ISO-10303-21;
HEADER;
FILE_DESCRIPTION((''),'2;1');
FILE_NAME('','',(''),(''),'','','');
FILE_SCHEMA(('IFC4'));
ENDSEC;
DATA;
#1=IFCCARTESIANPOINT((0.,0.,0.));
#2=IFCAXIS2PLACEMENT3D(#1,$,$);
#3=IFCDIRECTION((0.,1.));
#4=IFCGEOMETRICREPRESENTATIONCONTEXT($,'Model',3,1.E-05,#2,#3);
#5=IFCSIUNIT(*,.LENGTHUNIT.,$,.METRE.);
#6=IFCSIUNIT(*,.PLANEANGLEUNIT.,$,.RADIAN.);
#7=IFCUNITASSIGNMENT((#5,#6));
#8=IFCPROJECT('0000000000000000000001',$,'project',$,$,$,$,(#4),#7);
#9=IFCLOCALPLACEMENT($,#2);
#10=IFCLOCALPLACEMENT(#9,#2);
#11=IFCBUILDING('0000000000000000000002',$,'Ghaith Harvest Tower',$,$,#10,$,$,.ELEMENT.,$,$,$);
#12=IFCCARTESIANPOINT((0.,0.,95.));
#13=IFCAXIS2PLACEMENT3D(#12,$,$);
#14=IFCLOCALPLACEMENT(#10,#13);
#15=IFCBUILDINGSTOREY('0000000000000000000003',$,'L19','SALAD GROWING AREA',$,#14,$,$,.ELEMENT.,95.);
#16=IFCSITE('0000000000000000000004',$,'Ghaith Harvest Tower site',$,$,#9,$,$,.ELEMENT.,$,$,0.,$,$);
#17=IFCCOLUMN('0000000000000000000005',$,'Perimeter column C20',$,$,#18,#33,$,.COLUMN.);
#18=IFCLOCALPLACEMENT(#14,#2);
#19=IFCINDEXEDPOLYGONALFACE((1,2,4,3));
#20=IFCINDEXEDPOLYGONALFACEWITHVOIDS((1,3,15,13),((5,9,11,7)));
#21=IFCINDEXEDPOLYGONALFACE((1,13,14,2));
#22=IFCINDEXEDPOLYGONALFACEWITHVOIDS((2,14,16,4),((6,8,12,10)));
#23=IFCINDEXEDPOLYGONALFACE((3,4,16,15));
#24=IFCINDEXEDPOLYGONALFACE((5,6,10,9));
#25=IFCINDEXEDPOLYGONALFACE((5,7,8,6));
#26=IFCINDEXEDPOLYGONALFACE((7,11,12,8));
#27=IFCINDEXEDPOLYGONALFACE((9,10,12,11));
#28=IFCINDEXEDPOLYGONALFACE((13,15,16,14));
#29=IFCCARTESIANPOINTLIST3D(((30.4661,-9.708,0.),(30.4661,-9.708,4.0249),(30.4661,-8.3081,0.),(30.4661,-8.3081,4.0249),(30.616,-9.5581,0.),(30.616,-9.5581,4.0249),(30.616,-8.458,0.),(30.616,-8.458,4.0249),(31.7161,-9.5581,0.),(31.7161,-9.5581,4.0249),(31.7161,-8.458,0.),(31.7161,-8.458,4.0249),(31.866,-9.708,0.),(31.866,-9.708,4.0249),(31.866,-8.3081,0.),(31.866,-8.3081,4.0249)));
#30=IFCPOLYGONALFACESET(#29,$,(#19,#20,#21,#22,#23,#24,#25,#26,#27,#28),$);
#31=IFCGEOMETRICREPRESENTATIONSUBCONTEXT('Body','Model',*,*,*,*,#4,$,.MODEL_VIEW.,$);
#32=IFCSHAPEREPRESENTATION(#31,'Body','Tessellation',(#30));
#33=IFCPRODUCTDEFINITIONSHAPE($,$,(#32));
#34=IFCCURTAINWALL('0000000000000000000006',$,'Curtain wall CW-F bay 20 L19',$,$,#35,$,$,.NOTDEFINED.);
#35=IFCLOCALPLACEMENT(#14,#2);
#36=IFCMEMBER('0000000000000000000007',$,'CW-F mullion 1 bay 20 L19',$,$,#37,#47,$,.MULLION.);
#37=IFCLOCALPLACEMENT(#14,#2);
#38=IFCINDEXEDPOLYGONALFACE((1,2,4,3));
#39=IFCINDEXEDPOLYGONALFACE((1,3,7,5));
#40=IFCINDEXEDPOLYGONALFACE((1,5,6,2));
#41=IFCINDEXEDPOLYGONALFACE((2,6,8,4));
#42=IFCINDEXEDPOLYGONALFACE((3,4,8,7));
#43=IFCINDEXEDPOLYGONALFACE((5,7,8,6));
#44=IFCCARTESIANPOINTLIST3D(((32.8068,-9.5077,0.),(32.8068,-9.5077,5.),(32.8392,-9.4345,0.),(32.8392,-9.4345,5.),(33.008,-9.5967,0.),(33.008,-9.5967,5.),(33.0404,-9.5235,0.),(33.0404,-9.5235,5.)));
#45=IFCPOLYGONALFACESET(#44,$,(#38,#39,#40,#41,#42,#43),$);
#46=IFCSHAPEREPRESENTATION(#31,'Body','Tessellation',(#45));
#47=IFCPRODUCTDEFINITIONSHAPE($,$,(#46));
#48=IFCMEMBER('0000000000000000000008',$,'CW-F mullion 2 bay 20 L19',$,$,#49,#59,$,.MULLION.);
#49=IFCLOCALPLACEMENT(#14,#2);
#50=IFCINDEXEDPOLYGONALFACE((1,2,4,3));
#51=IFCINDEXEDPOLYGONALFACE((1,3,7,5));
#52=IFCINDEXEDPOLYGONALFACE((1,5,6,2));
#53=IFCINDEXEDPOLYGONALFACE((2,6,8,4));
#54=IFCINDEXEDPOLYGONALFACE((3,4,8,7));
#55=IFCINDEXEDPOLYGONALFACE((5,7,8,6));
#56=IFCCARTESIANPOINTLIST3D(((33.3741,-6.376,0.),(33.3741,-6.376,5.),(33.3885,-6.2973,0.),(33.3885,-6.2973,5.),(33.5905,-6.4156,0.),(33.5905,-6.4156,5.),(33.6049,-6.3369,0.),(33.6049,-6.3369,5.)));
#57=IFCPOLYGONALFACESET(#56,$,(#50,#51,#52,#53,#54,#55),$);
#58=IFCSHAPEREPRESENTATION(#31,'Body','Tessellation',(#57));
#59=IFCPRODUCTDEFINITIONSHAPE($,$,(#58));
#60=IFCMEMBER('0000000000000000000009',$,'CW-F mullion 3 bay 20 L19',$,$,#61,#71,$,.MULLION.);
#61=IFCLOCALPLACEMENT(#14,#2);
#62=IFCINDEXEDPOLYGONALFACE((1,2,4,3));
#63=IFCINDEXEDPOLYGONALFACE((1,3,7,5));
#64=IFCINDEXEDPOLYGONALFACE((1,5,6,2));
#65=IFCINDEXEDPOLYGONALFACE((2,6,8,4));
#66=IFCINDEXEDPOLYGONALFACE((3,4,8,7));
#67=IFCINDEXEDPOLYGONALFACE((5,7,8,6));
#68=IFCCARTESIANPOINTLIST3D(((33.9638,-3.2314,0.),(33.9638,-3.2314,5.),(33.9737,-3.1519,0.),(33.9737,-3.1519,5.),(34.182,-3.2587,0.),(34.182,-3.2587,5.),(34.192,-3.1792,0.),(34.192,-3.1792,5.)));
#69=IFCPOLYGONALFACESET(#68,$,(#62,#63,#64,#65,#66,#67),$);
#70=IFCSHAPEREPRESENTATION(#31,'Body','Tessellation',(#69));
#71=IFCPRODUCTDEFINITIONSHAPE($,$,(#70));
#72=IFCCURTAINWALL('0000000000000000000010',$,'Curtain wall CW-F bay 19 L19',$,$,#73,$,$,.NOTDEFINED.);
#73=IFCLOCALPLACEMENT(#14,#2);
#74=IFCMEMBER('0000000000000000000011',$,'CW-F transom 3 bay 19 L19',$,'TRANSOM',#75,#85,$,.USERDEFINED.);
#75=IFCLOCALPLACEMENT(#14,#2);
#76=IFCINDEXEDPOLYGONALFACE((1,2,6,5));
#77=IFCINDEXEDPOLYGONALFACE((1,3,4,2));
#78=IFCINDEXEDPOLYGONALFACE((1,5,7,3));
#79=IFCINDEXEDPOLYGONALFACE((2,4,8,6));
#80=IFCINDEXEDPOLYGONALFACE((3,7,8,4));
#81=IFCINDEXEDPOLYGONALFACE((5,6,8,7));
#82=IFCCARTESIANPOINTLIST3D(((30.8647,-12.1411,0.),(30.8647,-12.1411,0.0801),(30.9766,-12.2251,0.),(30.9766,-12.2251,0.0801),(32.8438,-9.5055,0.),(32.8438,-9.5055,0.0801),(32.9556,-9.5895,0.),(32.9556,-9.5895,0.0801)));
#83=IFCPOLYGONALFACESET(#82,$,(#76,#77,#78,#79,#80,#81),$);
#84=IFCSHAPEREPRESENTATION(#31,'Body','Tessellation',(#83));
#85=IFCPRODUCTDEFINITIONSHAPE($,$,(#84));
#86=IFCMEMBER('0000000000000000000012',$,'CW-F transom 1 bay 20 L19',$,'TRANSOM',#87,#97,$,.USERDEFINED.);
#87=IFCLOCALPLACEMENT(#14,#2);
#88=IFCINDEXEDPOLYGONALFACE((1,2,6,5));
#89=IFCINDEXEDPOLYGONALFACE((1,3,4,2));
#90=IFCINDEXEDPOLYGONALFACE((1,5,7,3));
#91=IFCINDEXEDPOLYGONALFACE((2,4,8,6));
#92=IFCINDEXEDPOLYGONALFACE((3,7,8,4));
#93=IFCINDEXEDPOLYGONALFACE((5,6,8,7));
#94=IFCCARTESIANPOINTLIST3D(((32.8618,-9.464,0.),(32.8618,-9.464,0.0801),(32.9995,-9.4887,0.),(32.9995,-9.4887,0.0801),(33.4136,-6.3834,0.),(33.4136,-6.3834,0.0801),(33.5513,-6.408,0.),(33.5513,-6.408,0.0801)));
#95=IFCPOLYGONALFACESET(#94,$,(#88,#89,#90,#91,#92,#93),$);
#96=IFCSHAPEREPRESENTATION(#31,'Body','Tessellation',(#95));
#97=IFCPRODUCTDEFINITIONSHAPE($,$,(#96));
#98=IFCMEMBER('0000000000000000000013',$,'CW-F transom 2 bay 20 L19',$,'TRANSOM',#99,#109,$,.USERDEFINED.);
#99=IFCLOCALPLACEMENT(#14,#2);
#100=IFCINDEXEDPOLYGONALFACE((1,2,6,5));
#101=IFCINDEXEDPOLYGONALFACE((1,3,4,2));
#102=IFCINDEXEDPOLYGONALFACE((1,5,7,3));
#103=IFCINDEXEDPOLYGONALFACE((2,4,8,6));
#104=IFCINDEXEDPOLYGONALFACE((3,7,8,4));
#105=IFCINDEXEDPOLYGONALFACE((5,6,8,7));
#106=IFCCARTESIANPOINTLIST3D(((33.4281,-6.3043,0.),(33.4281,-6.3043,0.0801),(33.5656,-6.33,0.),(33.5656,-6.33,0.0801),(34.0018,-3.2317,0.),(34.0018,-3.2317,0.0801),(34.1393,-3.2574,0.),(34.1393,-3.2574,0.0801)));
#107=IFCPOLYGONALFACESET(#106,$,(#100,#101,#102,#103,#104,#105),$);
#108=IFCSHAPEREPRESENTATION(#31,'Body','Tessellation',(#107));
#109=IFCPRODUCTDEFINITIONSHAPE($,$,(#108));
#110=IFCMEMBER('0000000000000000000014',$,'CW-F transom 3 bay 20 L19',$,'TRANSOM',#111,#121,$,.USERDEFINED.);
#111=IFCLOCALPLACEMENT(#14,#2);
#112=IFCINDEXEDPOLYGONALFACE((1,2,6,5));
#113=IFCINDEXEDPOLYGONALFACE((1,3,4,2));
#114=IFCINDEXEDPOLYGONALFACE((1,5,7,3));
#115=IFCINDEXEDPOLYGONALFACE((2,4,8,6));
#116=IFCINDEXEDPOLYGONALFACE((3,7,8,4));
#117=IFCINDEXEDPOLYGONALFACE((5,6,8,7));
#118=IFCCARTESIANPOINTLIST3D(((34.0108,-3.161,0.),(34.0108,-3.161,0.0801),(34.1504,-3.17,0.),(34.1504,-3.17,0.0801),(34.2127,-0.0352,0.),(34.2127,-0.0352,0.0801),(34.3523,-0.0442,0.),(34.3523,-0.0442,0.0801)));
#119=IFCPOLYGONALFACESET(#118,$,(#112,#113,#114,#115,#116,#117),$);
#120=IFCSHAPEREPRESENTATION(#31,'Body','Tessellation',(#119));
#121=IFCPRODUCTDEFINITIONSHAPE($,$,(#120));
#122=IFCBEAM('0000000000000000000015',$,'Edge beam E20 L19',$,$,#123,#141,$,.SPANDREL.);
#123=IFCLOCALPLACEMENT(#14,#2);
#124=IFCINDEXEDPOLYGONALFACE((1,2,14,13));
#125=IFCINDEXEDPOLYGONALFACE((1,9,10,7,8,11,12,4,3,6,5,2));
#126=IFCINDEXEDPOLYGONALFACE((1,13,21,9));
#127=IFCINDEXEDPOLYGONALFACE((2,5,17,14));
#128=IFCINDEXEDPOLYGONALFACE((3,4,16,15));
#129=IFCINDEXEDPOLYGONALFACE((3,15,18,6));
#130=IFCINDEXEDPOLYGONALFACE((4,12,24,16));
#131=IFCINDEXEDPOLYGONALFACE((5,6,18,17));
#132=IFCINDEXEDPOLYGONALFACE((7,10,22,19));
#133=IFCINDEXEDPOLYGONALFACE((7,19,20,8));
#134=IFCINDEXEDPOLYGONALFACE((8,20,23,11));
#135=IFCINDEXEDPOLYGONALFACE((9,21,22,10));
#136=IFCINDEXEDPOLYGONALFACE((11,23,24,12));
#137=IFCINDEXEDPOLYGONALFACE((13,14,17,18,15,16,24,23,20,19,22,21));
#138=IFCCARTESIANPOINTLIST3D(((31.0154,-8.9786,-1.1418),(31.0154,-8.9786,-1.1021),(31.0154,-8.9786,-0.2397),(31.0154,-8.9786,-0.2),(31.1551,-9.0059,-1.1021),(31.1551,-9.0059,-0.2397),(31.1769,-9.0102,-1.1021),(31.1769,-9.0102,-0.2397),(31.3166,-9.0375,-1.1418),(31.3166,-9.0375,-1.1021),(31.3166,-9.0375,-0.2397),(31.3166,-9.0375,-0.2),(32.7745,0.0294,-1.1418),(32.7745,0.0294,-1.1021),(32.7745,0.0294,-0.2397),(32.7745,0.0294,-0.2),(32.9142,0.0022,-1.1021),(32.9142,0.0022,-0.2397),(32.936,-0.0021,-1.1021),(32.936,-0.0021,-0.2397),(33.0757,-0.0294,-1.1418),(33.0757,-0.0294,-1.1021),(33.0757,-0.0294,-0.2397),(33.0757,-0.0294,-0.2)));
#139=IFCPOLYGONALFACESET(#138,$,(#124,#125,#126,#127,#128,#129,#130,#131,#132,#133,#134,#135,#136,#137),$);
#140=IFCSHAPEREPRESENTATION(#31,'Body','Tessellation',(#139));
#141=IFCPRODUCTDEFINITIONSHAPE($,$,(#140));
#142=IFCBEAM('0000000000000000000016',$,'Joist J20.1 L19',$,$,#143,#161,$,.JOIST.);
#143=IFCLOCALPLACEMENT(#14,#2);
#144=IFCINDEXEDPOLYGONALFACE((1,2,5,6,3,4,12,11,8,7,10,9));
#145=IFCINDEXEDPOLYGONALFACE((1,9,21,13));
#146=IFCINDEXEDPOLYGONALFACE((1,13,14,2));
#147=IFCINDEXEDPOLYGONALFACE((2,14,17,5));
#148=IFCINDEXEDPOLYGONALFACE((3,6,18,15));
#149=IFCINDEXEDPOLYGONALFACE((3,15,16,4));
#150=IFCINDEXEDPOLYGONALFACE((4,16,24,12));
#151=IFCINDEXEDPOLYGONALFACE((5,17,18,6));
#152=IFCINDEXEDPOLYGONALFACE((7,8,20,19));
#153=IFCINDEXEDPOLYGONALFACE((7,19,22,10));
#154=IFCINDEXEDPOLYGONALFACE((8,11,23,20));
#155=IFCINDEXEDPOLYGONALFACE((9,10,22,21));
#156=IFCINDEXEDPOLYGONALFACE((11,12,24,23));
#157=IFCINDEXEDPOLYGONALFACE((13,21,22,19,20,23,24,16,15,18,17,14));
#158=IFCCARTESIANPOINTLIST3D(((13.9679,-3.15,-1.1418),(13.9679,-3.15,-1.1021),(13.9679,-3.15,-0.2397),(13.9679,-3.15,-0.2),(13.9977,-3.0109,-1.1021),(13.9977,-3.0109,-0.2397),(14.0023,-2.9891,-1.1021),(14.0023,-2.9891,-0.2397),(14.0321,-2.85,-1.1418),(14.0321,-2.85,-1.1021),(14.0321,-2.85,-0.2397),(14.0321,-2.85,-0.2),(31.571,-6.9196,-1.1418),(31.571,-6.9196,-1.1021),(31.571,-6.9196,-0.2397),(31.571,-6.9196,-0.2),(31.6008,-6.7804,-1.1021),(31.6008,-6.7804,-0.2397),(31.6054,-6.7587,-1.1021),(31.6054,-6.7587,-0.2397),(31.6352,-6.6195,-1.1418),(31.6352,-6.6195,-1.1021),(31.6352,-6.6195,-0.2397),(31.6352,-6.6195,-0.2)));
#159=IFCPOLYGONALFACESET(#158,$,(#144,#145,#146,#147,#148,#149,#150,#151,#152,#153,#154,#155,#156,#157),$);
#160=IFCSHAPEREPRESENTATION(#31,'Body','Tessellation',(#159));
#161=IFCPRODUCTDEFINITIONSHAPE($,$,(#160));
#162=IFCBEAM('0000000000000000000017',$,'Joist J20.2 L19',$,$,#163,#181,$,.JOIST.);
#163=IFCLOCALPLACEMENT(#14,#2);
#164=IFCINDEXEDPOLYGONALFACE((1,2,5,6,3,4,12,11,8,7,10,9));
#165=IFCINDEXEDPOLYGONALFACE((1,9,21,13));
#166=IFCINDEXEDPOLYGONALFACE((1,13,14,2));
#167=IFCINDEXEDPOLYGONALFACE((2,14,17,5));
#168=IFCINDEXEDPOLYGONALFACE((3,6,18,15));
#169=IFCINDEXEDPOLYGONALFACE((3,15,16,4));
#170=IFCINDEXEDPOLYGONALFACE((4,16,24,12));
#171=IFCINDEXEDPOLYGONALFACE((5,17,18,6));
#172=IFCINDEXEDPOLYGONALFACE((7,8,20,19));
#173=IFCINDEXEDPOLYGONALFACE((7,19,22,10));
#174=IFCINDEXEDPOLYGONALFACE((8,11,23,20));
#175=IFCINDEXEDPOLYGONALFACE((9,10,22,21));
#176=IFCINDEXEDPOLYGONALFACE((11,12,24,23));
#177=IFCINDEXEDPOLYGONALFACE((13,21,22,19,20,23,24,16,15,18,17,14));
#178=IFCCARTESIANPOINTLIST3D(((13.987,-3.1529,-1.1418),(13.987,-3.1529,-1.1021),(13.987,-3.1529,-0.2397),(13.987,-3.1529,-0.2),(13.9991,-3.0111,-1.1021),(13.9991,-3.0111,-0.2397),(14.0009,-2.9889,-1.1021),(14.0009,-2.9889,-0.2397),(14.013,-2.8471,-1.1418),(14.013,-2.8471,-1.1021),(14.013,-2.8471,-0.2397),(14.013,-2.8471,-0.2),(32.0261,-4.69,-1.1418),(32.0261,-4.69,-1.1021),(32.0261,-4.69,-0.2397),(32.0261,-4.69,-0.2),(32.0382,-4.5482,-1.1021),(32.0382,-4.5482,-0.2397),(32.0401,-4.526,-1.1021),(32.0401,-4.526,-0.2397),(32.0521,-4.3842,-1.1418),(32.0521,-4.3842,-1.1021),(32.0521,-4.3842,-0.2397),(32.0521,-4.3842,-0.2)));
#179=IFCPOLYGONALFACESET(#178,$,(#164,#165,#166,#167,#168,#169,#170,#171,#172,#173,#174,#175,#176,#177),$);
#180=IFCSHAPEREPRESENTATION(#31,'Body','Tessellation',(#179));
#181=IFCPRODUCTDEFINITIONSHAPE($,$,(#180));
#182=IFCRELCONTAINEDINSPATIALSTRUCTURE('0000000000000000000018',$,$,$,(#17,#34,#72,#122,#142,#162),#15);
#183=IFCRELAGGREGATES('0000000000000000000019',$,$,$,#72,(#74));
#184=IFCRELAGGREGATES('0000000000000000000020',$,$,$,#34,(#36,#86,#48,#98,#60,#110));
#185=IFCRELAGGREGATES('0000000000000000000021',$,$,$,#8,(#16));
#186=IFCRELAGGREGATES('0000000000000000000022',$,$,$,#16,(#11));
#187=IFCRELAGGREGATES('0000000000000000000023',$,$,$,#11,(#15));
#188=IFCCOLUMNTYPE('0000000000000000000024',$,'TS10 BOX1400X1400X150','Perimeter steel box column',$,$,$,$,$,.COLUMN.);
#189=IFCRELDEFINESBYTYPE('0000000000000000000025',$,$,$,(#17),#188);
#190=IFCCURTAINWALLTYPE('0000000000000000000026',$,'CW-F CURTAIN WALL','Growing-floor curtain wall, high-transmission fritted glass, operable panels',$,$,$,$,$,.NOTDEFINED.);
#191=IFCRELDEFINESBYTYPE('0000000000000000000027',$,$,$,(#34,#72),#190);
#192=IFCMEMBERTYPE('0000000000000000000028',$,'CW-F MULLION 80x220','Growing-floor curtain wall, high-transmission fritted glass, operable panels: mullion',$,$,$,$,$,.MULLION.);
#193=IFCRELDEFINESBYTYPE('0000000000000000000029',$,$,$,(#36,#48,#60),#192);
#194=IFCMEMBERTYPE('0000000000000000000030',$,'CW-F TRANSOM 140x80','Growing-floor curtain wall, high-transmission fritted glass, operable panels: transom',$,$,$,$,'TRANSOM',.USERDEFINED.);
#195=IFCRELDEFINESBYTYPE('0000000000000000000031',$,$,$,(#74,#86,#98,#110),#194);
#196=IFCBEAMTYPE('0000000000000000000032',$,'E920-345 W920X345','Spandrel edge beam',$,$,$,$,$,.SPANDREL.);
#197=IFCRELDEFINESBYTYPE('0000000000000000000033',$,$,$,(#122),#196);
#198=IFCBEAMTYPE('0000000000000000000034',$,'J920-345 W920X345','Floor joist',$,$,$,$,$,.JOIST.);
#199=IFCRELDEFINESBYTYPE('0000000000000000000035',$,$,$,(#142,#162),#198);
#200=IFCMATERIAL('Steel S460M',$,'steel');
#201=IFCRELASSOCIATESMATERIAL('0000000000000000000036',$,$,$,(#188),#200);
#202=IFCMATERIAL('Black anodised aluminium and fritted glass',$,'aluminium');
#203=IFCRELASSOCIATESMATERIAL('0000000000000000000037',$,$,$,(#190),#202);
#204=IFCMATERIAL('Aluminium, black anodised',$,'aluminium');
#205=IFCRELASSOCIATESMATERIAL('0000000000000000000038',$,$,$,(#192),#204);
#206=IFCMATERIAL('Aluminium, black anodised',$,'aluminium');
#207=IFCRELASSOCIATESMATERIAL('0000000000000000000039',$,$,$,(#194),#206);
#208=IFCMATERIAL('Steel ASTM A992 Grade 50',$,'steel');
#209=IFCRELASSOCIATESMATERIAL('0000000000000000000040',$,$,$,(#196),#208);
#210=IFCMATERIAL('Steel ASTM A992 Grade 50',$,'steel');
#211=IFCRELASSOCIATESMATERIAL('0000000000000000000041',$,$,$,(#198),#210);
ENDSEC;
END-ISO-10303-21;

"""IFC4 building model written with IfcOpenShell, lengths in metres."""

from ifc_helpers import new_model, si_unit, direction, frame, origin, origin_2d, place, context, subcontext, project, spatial, rectangle, hollow_rectangle, i_section, extrude, material, material_profile, profile_set, type_object, element, aggregate, save


model = new_model("IFC4")

# Units and contexts
model_context = context("Model", 3, precision=1e-05, world=origin(), true_north=direction((0.0, 1.0)))
body_context = subcontext(model_context, "Body", "Model", "MODEL_VIEW")
ifc_project = project(units=[si_unit("LENGTHUNIT", "METRE"), si_unit("PLANEANGLEUNIT", "RADIAN")], contexts=[model_context])

# Site, building, storey
site_placement = place(None, origin())
site = spatial("IfcSite", under=ifc_project, at=site_placement, Name="Ghaith Harvest Tower site", CompositionType="ELEMENT", RefElevation=0.0)
building_placement = place(site_placement, origin())
building = spatial("IfcBuilding", under=site, at=building_placement, Name="Ghaith Harvest Tower", CompositionType="ELEMENT")
storey_placement = place(building_placement, frame((0.0, 0.0, 95.0)))
storey = spatial("IfcBuildingStorey", under=building, at=storey_placement, Name="L19", Description="SALAD GROWING AREA", CompositionType="ELEMENT", Elevation=95.0)

# Column
ifc_material_1 = material(Name="Steel S460M", Category="steel")
ifc_material_profile_1 = material_profile(ifc_material_1, hollow_rectangle(XDim=1.3999, YDim=1.3999, WallThickness=0.1499, at=origin_2d()), Name="BOX1400X1400X150")
ifc_profile_set_1 = profile_set([ifc_material_profile_1], Name="Steel S460M")
column_type = type_object("IfcColumnType", Name="TS10 BOX1400X1400X150", Description="Perimeter steel box column", PredefinedType="COLUMN", material=ifc_profile_set_1)
column_placement = place(storey_placement, frame((31.166, -9.0081, 0.0), z_axis=(0.0, 0.0, 1.0), x_axis=(1.0, 0.0, 0.0)))
element("IfcColumn", 1, at=column_placement, inside=storey, type_object=column_type, Name="Perimeter column C20", PredefinedType="COLUMN", context=body_context, shape_type="SweptSolid", body=[
    extrude(hollow_rectangle(XDim=1.3999, YDim=1.3999, WallThickness=0.1499, at=origin_2d()), origin(), (0.0, 0.0, 1.0), 4.0249),
])

# Curtain wall, members
ifc_material_2 = material(Name="Black anodised aluminium and fritted glass", Category="aluminium")
curtain_wall_type = type_object("IfcCurtainWallType", Name="CW-F CURTAIN WALL", Description="Growing-floor curtain wall, high-transmission fritted glass, operable panels", PredefinedType="NOTDEFINED", material=ifc_material_2)
curtain_wall_1_placement = place(storey_placement, origin())
curtain_wall_1 = element("IfcCurtainWall", 2, at=curtain_wall_1_placement, inside=storey, type_object=curtain_wall_type, Name="Curtain wall CW-F bay 20 L19", PredefinedType="NOTDEFINED")
ifc_material_3 = material(Name="Aluminium, black anodised", Category="aluminium")
ifc_material_profile_2 = material_profile(ifc_material_3, rectangle(XDim=0.0801, YDim=0.22, at=origin_2d()), Name="CW-F MULLION 80x220")
ifc_profile_set_2 = profile_set([ifc_material_profile_2], Name="Aluminium, black anodised")
member_type_1 = type_object("IfcMemberType", Name="CW-F MULLION 80x220", Description="Growing-floor curtain wall, high-transmission fritted glass, operable panels: mullion", PredefinedType="MULLION", material=ifc_profile_set_2)
member_1_placement = place(storey_placement, frame((32.9236, -9.5156, 0.0), z_axis=(0.0, 0.0, 1.0), x_axis=(0.404702, 0.914449, 0.0)))
member_1 = element("IfcMember", 3, at=member_1_placement, type_object=member_type_1, Name="CW-F mullion 1 bay 20 L19", PredefinedType="MULLION", context=body_context, shape_type="SweptSolid", body=[
    extrude(rectangle(XDim=0.0801, YDim=0.22, at=origin_2d()), origin(), (0.0, 0.0, 1.0), 5.0),
])
member_2_placement = place(storey_placement, frame((33.4895, -6.3564, 0.0), z_axis=(0.0, 0.0, 1.0), x_axis=(0.179943, 0.983677, 0.0)))
member_2 = element("IfcMember", 4, at=member_2_placement, type_object=member_type_1, Name="CW-F mullion 2 bay 20 L19", PredefinedType="MULLION", context=body_context, shape_type="SweptSolid", body=[
    extrude(rectangle(XDim=0.0801, YDim=0.22, at=origin_2d()), origin(), (0.0, 0.0, 1.0), 5.0),
])
member_3_placement = place(storey_placement, frame((34.0779, -3.2053, 0.0), z_axis=(0.0, 0.0, 1.0), x_axis=(0.12417, 0.992261, 0.0)))
member_3 = element("IfcMember", 5, at=member_3_placement, type_object=member_type_1, Name="CW-F mullion 3 bay 20 L19", PredefinedType="MULLION", context=body_context, shape_type="SweptSolid", body=[
    extrude(rectangle(XDim=0.0801, YDim=0.22, at=origin_2d()), origin(), (0.0, 0.0, 1.0), 5.0),
])

# Curtain wall, member
curtain_wall_2_placement = place(storey_placement, origin())
curtain_wall_2 = element("IfcCurtainWall", 6, at=curtain_wall_2_placement, inside=storey, type_object=curtain_wall_type, Name="Curtain wall CW-F bay 19 L19", PredefinedType="NOTDEFINED")
ifc_material_4 = material(Name="Aluminium, black anodised", Category="aluminium")
ifc_material_profile_3 = material_profile(ifc_material_4, rectangle(XDim=0.1399, YDim=0.0801, at=origin_2d()), Name="CW-F TRANSOM 140x80")
ifc_profile_set_3 = profile_set([ifc_material_profile_3], Name="Aluminium, black anodised")
member_type_2 = type_object("IfcMemberType", Name="CW-F TRANSOM 140x80", Description="Growing-floor curtain wall, high-transmission fritted glass, operable panels: transom", ElementType="TRANSOM", PredefinedType="USERDEFINED", material=ifc_profile_set_3)
member_4_placement = place(storey_placement, frame((30.9207, -12.1831, 0.04), z_axis=(0.600462, 0.799653, 0.0), x_axis=(-0.799653, 0.600462, 0.0)))
member_4 = element("IfcMember", 7, at=member_4_placement, type_object=member_type_2, Name="CW-F transom 3 bay 19 L19", ObjectType="TRANSOM", PredefinedType="USERDEFINED", context=body_context, shape_type="SweptSolid", body=[
    extrude(rectangle(XDim=0.1399, YDim=0.0801, at=origin_2d()), origin(), (0.0, 0.0, 1.0), 3.2959),
])

# Members
member_5_placement = place(storey_placement, frame((32.9307, -9.4763, 0.04), z_axis=(0.176304, 0.984336, 0.0), x_axis=(-0.984336, 0.176304, 0.0)))
member_5 = element("IfcMember", 8, at=member_5_placement, type_object=member_type_2, Name="CW-F transom 1 bay 20 L19", ObjectType="TRANSOM", PredefinedType="USERDEFINED", context=body_context, shape_type="SweptSolid", body=[
    extrude(rectangle(XDim=0.1399, YDim=0.0801, at=origin_2d()), origin(), (0.0, 0.0, 1.0), 3.1296),
])
member_6_placement = place(storey_placement, frame((33.4968, -6.3171, 0.04), z_axis=(0.183557, 0.983009, 0.0), x_axis=(-0.983009, 0.183557, 0.0)))
member_6 = element("IfcMember", 9, at=member_6_placement, type_object=member_type_2, Name="CW-F transom 2 bay 20 L19", ObjectType="TRANSOM", PredefinedType="USERDEFINED", context=body_context, shape_type="SweptSolid", body=[
    extrude(rectangle(XDim=0.1399, YDim=0.0801, at=origin_2d()), origin(), (0.0, 0.0, 1.0), 3.1257),
])
member_7_placement = place(storey_placement, frame((34.0806, -3.1655, 0.04), z_axis=(0.06446, 0.99792, 0.0), x_axis=(-0.99792, 0.06446, 0.0)))
member_7 = element("IfcMember", 10, at=member_7_placement, type_object=member_type_2, Name="CW-F transom 3 bay 20 L19", ObjectType="TRANSOM", PredefinedType="USERDEFINED", context=body_context, shape_type="SweptSolid", body=[
    extrude(rectangle(XDim=0.1399, YDim=0.0801, at=origin_2d()), origin(), (0.0, 0.0, 1.0), 3.1323),
])

# Beams
ifc_material_5 = material(Name="Steel ASTM A992 Grade 50", Category="steel")
ifc_material_profile_4 = material_profile(ifc_material_5, i_section(OverallWidth=0.3069, OverallDepth=0.9419, WebThickness=0.0222, FlangeThickness=0.0398, at=origin_2d()), Name="W920X345")
ifc_profile_set_4 = profile_set([ifc_material_profile_4], Name="Steel ASTM A992 Grade 50")
beam_type_1 = type_object("IfcBeamType", Name="E920-345 W920X345", Description="Spandrel edge beam", PredefinedType="SPANDREL", material=ifc_profile_set_4)
beam_1_placement = place(storey_placement, frame((31.166, -9.0081, -0.6709), z_axis=(0.191653, 0.981463, 0.0), x_axis=(-0.981463, 0.191653, 0.0)))
element("IfcBeam", 11, at=beam_1_placement, inside=storey, type_object=beam_type_1, Name="Edge beam E20 L19", PredefinedType="SPANDREL", context=body_context, shape_type="SweptSolid", body=[
    extrude(i_section(OverallWidth=0.3069, OverallDepth=0.9419, WebThickness=0.0222, FlangeThickness=0.0398, at=origin_2d()), origin(), (0.0, 0.0, 1.0), 9.1782),
])
ifc_material_6 = material(Name="Steel ASTM A992 Grade 50", Category="steel")
ifc_material_profile_5 = material_profile(ifc_material_6, i_section(OverallWidth=0.3069, OverallDepth=0.9419, WebThickness=0.0222, FlangeThickness=0.0398, at=origin_2d()), Name="W920X345")
ifc_profile_set_5 = profile_set([ifc_material_profile_5], Name="Steel ASTM A992 Grade 50")
beam_type_2 = type_object("IfcBeamType", Name="J920-345 W920X345", Description="Floor joist", PredefinedType="JOIST", material=ifc_profile_set_5)
beam_2_placement = place(storey_placement, frame((14.0, -3.0, -0.6709), z_axis=(0.977831, -0.209394, 0.0), x_axis=(0.209394, 0.977831, 0.0)))
element("IfcBeam", 12, at=beam_2_placement, inside=storey, type_object=beam_type_2, Name="Joist J20.1 L19", PredefinedType="JOIST", context=body_context, shape_type="SweptSolid", body=[
    extrude(i_section(OverallWidth=0.3069, OverallDepth=0.9419, WebThickness=0.0222, FlangeThickness=0.0398, at=origin_2d()), origin(), (0.0, 0.0, 1.0), 18.0022),
])
beam_3_placement = place(storey_placement, frame((14.0, -3.0, -0.6709), z_axis=(0.996389, -0.084902, 0.0), x_axis=(0.084902, 0.996389, 0.0)))
element("IfcBeam", 13, at=beam_3_placement, inside=storey, type_object=beam_type_2, Name="Joist J20.2 L19", PredefinedType="JOIST", context=body_context, shape_type="SweptSolid", body=[
    extrude(i_section(OverallWidth=0.3069, OverallDepth=0.9419, WebThickness=0.0222, FlangeThickness=0.0398, at=origin_2d()), origin(), (0.0, 0.0, 1.0), 18.1045),
])

aggregate(curtain_wall_2, [member_4])
aggregate(curtain_wall_1, [member_1, member_5, member_2, member_6, member_3, member_7])

save(model, "model.ifc")
